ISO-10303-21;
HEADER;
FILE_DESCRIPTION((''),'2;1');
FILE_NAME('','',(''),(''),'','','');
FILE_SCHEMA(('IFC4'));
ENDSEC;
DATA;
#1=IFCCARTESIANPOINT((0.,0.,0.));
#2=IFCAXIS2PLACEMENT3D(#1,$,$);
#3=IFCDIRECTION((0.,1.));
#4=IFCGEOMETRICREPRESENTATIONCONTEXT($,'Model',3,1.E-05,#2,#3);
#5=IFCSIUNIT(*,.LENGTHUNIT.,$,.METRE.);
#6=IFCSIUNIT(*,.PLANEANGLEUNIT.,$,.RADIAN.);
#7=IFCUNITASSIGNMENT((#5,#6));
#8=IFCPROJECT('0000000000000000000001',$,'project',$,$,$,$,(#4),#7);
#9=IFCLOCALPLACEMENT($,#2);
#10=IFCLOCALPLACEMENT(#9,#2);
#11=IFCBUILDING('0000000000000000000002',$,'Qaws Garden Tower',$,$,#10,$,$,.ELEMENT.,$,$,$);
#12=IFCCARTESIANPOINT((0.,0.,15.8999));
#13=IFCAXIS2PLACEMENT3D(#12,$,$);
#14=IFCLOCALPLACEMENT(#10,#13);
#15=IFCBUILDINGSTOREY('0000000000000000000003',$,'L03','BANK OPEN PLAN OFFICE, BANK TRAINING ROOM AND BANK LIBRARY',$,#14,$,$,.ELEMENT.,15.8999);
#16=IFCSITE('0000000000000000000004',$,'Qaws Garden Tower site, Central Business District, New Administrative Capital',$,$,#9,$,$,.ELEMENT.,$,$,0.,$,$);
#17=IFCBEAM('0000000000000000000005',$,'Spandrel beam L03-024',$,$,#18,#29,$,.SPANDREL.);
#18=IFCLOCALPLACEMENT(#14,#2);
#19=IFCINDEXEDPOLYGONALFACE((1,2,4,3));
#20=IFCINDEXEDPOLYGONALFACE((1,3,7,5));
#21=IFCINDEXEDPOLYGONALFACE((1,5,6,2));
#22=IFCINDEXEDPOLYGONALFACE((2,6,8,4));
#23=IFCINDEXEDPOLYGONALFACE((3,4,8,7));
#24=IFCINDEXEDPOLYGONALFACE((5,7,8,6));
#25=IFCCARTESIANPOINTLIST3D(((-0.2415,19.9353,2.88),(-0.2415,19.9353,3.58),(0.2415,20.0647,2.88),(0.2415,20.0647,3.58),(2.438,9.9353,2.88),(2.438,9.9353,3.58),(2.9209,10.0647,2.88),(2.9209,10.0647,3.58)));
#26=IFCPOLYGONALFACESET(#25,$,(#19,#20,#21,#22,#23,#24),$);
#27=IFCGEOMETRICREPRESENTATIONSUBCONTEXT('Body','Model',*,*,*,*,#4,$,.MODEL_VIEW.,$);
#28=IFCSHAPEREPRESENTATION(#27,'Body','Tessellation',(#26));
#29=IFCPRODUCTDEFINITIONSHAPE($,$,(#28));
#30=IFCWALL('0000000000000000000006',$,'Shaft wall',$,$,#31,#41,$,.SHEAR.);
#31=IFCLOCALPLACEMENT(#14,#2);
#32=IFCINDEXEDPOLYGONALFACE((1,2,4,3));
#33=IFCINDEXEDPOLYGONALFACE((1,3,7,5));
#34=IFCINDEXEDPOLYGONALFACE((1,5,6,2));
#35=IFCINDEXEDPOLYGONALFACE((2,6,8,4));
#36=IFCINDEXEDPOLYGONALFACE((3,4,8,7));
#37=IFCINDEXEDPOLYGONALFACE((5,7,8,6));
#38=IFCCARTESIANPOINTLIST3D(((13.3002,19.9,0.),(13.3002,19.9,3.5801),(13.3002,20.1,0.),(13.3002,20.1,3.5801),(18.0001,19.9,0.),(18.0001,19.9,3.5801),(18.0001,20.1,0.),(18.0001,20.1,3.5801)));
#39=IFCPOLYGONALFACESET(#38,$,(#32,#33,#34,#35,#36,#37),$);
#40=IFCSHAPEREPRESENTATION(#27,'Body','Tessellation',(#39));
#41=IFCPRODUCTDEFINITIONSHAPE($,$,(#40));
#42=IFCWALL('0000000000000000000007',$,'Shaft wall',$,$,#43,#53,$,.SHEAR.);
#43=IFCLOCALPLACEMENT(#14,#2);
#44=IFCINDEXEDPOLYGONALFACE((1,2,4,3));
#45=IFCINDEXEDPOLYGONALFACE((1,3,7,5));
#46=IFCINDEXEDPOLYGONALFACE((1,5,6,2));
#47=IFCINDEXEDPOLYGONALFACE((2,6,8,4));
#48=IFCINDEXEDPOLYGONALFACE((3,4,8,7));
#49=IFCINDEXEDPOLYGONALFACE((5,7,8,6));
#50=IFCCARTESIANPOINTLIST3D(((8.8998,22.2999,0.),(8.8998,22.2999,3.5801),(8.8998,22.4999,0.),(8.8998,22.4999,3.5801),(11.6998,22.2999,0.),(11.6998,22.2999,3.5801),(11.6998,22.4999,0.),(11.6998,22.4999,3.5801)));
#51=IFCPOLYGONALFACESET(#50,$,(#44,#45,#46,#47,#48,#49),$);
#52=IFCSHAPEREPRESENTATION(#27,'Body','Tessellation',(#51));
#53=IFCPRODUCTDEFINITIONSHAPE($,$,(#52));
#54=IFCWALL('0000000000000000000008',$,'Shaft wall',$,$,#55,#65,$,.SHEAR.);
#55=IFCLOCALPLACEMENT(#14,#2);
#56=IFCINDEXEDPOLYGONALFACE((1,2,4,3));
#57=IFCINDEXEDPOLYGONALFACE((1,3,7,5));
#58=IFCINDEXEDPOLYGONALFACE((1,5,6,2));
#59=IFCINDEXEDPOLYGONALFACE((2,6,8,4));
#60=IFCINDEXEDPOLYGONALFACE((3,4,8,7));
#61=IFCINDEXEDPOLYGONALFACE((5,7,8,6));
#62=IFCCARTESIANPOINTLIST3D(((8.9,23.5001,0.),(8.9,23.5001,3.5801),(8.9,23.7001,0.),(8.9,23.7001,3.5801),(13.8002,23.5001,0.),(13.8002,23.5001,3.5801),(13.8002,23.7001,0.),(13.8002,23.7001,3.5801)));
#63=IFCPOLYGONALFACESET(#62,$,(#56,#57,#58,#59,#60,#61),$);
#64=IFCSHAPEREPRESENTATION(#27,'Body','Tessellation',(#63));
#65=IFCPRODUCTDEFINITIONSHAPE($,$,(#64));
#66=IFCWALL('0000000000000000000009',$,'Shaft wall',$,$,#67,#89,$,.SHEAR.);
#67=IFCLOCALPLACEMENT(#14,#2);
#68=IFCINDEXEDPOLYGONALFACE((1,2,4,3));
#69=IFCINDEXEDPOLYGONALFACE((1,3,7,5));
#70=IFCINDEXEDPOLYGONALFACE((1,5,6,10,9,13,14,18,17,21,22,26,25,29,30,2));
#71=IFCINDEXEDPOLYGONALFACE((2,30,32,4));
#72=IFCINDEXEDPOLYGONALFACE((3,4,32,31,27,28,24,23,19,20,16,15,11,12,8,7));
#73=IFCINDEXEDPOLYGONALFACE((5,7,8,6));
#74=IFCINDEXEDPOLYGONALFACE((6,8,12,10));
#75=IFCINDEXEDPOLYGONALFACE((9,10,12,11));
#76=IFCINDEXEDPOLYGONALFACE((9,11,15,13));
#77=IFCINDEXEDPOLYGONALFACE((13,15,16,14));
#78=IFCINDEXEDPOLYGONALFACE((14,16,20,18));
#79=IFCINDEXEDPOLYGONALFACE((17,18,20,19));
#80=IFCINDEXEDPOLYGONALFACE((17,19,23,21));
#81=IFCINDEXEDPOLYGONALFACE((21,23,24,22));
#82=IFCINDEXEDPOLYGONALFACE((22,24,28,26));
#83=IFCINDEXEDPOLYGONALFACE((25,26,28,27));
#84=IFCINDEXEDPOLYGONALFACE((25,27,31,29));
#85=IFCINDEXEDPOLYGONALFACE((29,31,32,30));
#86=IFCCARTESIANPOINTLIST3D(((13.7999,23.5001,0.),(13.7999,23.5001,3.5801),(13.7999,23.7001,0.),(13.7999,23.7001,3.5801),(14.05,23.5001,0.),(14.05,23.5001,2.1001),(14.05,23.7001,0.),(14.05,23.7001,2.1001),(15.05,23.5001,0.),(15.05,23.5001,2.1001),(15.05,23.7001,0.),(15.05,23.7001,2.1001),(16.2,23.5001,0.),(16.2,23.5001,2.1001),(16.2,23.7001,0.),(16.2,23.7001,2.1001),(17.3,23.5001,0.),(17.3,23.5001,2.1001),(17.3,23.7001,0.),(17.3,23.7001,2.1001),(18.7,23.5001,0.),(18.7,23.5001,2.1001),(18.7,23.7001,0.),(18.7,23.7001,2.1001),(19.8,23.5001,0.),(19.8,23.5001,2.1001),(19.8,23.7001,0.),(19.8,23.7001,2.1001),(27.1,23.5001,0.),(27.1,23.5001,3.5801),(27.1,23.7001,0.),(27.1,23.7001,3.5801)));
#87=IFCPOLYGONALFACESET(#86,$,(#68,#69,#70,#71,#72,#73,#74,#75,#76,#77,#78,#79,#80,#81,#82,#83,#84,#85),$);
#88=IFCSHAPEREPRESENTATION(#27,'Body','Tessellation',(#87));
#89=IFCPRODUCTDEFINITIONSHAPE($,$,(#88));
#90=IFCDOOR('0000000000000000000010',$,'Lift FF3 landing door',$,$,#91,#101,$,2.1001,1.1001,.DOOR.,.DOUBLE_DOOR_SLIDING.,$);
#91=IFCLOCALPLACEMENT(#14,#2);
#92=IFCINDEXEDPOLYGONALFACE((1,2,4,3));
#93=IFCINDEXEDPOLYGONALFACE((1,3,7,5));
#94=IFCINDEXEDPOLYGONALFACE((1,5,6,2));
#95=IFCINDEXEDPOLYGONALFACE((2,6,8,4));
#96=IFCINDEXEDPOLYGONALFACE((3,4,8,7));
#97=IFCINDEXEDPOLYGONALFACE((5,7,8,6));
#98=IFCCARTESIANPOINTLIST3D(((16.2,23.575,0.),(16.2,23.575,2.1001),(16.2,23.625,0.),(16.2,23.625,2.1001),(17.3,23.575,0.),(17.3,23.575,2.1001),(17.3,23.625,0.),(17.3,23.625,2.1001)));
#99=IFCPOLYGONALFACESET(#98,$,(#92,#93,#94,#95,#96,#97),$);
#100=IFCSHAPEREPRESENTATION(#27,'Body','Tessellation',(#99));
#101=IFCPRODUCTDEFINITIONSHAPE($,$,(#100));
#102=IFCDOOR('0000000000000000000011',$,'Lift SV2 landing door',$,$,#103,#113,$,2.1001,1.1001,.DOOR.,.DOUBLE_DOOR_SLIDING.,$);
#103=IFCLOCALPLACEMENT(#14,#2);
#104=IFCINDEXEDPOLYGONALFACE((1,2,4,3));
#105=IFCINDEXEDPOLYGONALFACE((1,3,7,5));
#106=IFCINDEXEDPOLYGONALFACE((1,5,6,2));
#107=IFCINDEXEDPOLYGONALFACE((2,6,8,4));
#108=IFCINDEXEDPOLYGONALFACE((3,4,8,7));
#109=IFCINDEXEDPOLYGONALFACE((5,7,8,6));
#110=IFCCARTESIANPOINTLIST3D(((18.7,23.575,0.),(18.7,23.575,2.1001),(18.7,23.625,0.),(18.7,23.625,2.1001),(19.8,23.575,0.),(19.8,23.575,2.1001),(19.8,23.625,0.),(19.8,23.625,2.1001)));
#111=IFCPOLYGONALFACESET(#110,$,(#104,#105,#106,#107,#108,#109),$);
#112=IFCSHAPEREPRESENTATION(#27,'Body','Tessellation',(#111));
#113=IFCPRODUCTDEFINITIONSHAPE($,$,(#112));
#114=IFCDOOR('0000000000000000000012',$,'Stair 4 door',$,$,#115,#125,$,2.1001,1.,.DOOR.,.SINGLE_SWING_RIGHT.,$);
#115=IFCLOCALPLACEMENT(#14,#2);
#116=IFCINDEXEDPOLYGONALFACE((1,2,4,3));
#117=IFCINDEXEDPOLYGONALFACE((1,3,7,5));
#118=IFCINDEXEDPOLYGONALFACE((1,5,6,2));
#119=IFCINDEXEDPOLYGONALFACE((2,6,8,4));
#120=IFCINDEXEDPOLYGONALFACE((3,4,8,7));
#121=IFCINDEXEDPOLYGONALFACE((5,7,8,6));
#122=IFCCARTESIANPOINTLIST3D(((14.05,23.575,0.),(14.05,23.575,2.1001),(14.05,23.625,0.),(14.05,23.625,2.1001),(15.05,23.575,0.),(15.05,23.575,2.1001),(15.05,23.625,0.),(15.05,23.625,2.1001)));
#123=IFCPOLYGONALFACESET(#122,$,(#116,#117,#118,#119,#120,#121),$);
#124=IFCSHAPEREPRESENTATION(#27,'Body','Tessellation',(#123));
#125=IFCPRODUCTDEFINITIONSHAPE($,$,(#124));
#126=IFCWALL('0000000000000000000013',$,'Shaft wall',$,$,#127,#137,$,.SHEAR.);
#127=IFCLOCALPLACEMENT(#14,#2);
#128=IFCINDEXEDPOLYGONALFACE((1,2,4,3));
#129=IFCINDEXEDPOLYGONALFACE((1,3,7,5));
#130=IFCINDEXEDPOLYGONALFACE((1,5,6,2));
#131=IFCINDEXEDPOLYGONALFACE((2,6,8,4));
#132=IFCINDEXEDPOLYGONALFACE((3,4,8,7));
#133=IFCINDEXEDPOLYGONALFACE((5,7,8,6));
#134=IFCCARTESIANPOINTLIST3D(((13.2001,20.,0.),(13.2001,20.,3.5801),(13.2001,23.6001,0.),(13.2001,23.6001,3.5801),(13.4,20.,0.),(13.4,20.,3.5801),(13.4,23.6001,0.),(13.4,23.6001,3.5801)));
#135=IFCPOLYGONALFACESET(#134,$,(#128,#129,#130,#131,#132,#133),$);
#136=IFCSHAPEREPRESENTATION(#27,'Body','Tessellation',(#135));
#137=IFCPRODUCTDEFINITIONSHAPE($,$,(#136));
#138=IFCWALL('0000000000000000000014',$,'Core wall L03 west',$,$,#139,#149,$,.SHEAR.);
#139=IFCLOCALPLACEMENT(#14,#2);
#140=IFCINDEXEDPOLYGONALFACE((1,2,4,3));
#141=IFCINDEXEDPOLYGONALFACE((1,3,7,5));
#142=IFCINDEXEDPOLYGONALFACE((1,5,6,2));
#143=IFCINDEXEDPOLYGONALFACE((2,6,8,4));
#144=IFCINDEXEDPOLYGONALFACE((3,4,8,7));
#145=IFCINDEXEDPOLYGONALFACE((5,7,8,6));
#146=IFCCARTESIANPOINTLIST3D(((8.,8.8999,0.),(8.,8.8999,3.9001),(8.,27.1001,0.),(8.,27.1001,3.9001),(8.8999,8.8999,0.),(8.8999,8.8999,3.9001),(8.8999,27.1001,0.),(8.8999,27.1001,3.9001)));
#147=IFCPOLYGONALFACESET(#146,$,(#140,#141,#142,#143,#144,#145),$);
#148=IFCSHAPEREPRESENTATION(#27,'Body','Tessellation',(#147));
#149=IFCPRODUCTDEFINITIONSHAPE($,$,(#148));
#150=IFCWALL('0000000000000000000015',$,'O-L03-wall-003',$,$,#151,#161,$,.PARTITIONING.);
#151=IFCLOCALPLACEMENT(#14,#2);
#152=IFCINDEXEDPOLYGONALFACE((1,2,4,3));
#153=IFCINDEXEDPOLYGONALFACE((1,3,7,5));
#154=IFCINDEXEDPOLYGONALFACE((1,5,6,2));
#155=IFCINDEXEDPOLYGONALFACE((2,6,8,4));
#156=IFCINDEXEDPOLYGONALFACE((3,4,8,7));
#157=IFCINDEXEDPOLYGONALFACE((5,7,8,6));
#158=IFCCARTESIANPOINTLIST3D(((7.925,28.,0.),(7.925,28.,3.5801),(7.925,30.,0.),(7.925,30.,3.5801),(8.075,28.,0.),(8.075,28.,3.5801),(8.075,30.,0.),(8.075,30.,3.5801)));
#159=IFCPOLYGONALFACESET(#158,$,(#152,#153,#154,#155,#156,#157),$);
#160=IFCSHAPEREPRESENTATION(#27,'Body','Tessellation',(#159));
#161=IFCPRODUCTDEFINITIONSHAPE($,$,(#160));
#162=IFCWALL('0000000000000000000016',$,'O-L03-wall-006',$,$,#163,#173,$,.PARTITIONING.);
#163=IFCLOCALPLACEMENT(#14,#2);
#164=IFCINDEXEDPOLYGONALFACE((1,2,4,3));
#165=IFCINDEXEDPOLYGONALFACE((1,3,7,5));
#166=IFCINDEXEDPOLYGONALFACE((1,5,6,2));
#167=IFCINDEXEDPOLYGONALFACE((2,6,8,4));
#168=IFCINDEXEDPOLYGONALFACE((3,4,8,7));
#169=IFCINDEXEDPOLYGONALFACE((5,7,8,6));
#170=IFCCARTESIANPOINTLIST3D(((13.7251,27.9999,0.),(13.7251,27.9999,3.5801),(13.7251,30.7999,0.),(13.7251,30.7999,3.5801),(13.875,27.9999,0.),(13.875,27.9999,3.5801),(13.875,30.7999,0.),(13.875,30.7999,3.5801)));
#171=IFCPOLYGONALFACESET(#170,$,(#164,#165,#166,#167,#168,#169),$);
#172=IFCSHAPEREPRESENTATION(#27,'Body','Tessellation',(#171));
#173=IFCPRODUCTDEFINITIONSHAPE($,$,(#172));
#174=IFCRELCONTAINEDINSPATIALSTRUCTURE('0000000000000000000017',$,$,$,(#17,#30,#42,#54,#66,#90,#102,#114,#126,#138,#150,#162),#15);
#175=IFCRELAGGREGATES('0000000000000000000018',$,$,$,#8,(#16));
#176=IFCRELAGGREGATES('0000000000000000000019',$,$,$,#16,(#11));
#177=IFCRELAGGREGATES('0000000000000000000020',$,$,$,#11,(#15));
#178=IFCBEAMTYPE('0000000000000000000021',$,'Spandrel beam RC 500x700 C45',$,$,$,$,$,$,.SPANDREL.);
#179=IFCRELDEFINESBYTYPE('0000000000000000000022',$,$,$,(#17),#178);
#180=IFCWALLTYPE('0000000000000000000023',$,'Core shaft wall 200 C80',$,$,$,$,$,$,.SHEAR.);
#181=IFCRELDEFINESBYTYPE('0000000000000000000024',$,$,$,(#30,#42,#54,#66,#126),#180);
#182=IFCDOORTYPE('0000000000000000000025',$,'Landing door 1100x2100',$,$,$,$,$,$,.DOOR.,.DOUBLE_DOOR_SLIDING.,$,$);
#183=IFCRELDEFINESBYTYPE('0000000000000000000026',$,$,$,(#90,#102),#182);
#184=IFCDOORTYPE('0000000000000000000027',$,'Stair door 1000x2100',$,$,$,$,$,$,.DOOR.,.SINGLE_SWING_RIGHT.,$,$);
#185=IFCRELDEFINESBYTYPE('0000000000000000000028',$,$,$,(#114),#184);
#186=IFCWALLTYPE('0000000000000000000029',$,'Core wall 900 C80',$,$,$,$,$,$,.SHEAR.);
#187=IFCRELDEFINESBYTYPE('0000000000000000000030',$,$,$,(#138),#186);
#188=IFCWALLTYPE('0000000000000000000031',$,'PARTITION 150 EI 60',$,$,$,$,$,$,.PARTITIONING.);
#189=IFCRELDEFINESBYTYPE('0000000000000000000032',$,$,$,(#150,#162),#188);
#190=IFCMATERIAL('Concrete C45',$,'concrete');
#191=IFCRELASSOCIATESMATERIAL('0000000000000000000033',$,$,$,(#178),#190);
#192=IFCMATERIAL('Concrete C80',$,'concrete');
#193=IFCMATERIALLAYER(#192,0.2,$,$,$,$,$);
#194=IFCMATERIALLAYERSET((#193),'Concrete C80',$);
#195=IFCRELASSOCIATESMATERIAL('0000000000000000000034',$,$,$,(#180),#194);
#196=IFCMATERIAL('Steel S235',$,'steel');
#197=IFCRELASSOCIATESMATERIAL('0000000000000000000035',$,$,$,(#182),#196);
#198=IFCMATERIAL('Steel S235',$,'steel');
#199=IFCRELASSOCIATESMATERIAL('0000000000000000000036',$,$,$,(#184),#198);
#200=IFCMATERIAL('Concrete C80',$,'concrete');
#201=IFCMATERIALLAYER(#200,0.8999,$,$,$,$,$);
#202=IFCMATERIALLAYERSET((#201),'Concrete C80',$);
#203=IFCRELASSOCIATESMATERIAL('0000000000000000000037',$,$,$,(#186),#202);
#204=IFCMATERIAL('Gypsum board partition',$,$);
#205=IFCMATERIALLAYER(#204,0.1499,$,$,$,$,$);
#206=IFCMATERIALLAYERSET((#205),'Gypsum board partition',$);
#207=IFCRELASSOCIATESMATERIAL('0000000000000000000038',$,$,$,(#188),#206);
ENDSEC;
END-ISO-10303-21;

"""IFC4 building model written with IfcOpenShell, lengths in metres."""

from ifc_helpers import new_model, si_unit, direction, frame, frame_2d, origin, origin_2d, place, context, subcontext, project, spatial, rectangle, extrude, material, layer, layer_set, material_profile, profile_set, type_object, element, fill, save


model = new_model("IFC4")

# Units and contexts
model_context = context("Model", 3, precision=1e-05, world=origin(), true_north=direction((0.0, 1.0)))
body_context = subcontext(model_context, "Body", "Model", "MODEL_VIEW")
ifc_project = project(units=[si_unit("LENGTHUNIT", "METRE"), si_unit("PLANEANGLEUNIT", "RADIAN")], contexts=[model_context])

# Site, building, storey
site_placement = place(None, origin())
site = spatial("IfcSite", under=ifc_project, at=site_placement, Name="Qaws Garden Tower site, Central Business District, New Administrative Capital", CompositionType="ELEMENT", RefElevation=0.0)
building_placement = place(site_placement, origin())
building = spatial("IfcBuilding", under=site, at=building_placement, Name="Qaws Garden Tower", CompositionType="ELEMENT")
storey_placement = place(building_placement, frame((0.0, 0.0, 15.8999)))
storey = spatial("IfcBuildingStorey", under=building, at=storey_placement, Name="L03", Description="BANK OPEN PLAN OFFICE, BANK TRAINING ROOM AND BANK LIBRARY", CompositionType="ELEMENT", Elevation=15.8999)

# Beam
ifc_material_1 = material(Name="Concrete C45", Category="concrete")
ifc_material_profile = material_profile(ifc_material_1, rectangle(XDim=0.5, YDim=0.7, at=origin_2d()), Name="RC 500x700")
ifc_profile_set = profile_set([ifc_material_profile], Name="Concrete C45")
beam_type = type_object("IfcBeamType", Name="Spandrel beam RC 500x700 C45", PredefinedType="SPANDREL", material=ifc_profile_set)
beam_placement = place(storey_placement, frame((0.0, 20.0, 3.23), z_axis=(0.258815, -0.965927, 0.0), x_axis=(0.965927, 0.258815, 0.0)))
element("IfcBeam", 1, at=beam_placement, inside=storey, type_object=beam_type, Name="Spandrel beam L03-024", PredefinedType="SPANDREL", context=body_context, shape_type="SweptSolid", body=[
    extrude(rectangle(XDim=0.5, YDim=0.7, at=origin_2d()), origin(), (0.0, 0.0, 1.0), 10.3528),
])

# Walls
ifc_material_2 = material(Name="Concrete C80", Category="concrete")
ifc_layer_1 = layer(ifc_material_2, 0.2)
ifc_layer_set_1 = layer_set([ifc_layer_1], Name="Concrete C80")
wall_type_1 = type_object("IfcWallType", Name="Core shaft wall 200 C80", PredefinedType="SHEAR", material=ifc_layer_set_1)
wall_1_placement = place(storey_placement, frame((13.3, 20.0, 0.0), z_axis=(0.0, 0.0, 1.0), x_axis=(1.0, 0.0, 0.0)))
element("IfcWall", 2, at=wall_1_placement, inside=storey, type_object=wall_type_1, Name="Shaft wall", PredefinedType="SHEAR", context=body_context, shape_type="SweptSolid", body=[
    extrude(rectangle(XDim=4.7, YDim=0.2, at=frame_2d((2.3501, 0.0))), origin(), (0.0, 0.0, 1.0), 3.5801),
])
wall_2_placement = place(storey_placement, frame((8.8999, 22.3999, 0.0), z_axis=(0.0, 0.0, 1.0), x_axis=(1.0, 0.0, 0.0)))
element("IfcWall", 3, at=wall_2_placement, inside=storey, type_object=wall_type_1, Name="Shaft wall", PredefinedType="SHEAR", context=body_context, shape_type="SweptSolid", body=[
    extrude(rectangle(XDim=2.8, YDim=0.2, at=frame_2d((1.3999, 0.0))), origin(), (0.0, 0.0, 1.0), 3.5801),
])
wall_3_placement = place(storey_placement, frame((8.8999, 23.6001, 0.0), z_axis=(0.0, 0.0, 1.0), x_axis=(1.0, 0.0, 0.0)))
element("IfcWall", 4, at=wall_3_placement, inside=storey, type_object=wall_type_1, Name="Shaft wall", PredefinedType="SHEAR", context=body_context, shape_type="SweptSolid", body=[
    extrude(rectangle(XDim=4.9001, YDim=0.2, at=frame_2d((2.4502, 0.0))), origin(), (0.0, 0.0, 1.0), 3.5801),
])

# Wall, openings, doors
wall_4_placement = place(storey_placement, frame((13.8, 23.6001, 0.0), z_axis=(0.0, 0.0, 1.0), x_axis=(1.0, 0.0, 0.0)))
wall_4 = element("IfcWall", 5, at=wall_4_placement, inside=storey, type_object=wall_type_1, Name="Shaft wall", PredefinedType="SHEAR", context=body_context, shape_type="SweptSolid", body=[
    extrude(rectangle(XDim=13.3, YDim=0.2, at=frame_2d((6.6499, 0.0))), origin(), (0.0, 0.0, 1.0), 3.5801),
])
opening_1_placement = place(wall_4_placement, frame((2.3999, 0.0, 0.0)))
opening_1 = element("IfcOpeningElement", 6, at=opening_1_placement, cuts=wall_4, PredefinedType="OPENING", context=body_context, shape_type="SweptSolid", body=[
    extrude(rectangle(XDim=1.1001, YDim=2.1001, at=frame_2d((0.55, 1.05))), frame((0.0, 0.1099, 0.0), z_axis=(0.0, -1.0, 0.0), x_axis=(1.0, 0.0, 0.0)), (0.0, 0.0, 1.0), 0.22),
])
opening_2_placement = place(wall_4_placement, frame((4.8999, 0.0, 0.0)))
opening_2 = element("IfcOpeningElement", 7, at=opening_2_placement, cuts=wall_4, PredefinedType="OPENING", context=body_context, shape_type="SweptSolid", body=[
    extrude(rectangle(XDim=1.1001, YDim=2.1001, at=frame_2d((0.55, 1.05))), frame((0.0, 0.1099, 0.0), z_axis=(0.0, -1.0, 0.0), x_axis=(1.0, 0.0, 0.0)), (0.0, 0.0, 1.0), 0.22),
])
opening_3_placement = place(wall_4_placement, frame((0.25, 0.0, 0.0)))
opening_3 = element("IfcOpeningElement", 8, at=opening_3_placement, cuts=wall_4, PredefinedType="OPENING", context=body_context, shape_type="SweptSolid", body=[
    extrude(rectangle(XDim=1.0, YDim=2.1001, at=frame_2d((0.5, 1.05))), frame((0.0, 0.1099, 0.0), z_axis=(0.0, -1.0, 0.0), x_axis=(1.0, 0.0, 0.0)), (0.0, 0.0, 1.0), 0.22),
])
ifc_material_3 = material(Name="Steel S235", Category="steel")
door_type_1 = type_object("IfcDoorType", Name="Landing door 1100x2100", OperationType="DOUBLE_DOOR_SLIDING", PredefinedType="DOOR", material=ifc_material_3)
door_1_placement = place(opening_1_placement, origin())
door_1 = element("IfcDoor", 9, at=door_1_placement, inside=storey, type_object=door_type_1, Name="Lift FF3 landing door", OperationType="DOUBLE_DOOR_SLIDING", OverallHeight=2.1001, OverallWidth=1.1001, PredefinedType="DOOR", context=body_context, shape_type="SweptSolid", body=[
    extrude(rectangle(XDim=1.1001, YDim=2.1001, at=frame_2d((0.55, 1.05))), frame((0.0, 0.0249, 0.0), z_axis=(0.0, -1.0, 0.0), x_axis=(1.0, 0.0, 0.0)), (0.0, 0.0, 1.0), 0.05),
])
fill(opening_1, door_1)
door_2_placement = place(opening_2_placement, origin())
door_2 = element("IfcDoor", 10, at=door_2_placement, inside=storey, type_object=door_type_1, Name="Lift SV2 landing door", OperationType="DOUBLE_DOOR_SLIDING", OverallHeight=2.1001, OverallWidth=1.1001, PredefinedType="DOOR", context=body_context, shape_type="SweptSolid", body=[
    extrude(rectangle(XDim=1.1001, YDim=2.1001, at=frame_2d((0.55, 1.05))), frame((0.0, 0.0249, 0.0), z_axis=(0.0, -1.0, 0.0), x_axis=(1.0, 0.0, 0.0)), (0.0, 0.0, 1.0), 0.05),
])
fill(opening_2, door_2)
ifc_material_4 = material(Name="Steel S235", Category="steel")
door_type_2 = type_object("IfcDoorType", Name="Stair door 1000x2100", OperationType="SINGLE_SWING_RIGHT", PredefinedType="DOOR", material=ifc_material_4)
door_3_placement = place(opening_3_placement, origin())
door_3 = element("IfcDoor", 11, at=door_3_placement, inside=storey, type_object=door_type_2, Name="Stair 4 door", OperationType="SINGLE_SWING_RIGHT", OverallHeight=2.1001, OverallWidth=1.0, PredefinedType="DOOR", context=body_context, shape_type="SweptSolid", body=[
    extrude(rectangle(XDim=1.0, YDim=2.1001, at=frame_2d((0.5, 1.05))), frame((0.0, 0.0249, 0.0), z_axis=(0.0, -1.0, 0.0), x_axis=(1.0, 0.0, 0.0)), (0.0, 0.0, 1.0), 0.05),
])
fill(opening_3, door_3)

# Walls
wall_5_placement = place(storey_placement, frame((13.3, 20.0, 0.0), z_axis=(0.0, 0.0, 1.0), x_axis=(0.0, 1.0, 0.0)))
element("IfcWall", 12, at=wall_5_placement, inside=storey, type_object=wall_type_1, Name="Shaft wall", PredefinedType="SHEAR", context=body_context, shape_type="SweptSolid", body=[
    extrude(rectangle(XDim=3.6001, YDim=0.2, at=frame_2d((1.8, 0.0))), origin(), (0.0, 0.0, 1.0), 3.5801),
])
ifc_material_5 = material(Name="Concrete C80", Category="concrete")
ifc_layer_2 = layer(ifc_material_5, 0.8999)
ifc_layer_set_2 = layer_set([ifc_layer_2], Name="Concrete C80")
wall_type_2 = type_object("IfcWallType", Name="Core wall 900 C80", PredefinedType="SHEAR", material=ifc_layer_set_2)
wall_6_placement = place(storey_placement, frame((8.45, 27.1001, 0.0), z_axis=(0.0, 0.0, 1.0), x_axis=(0.0, -1.0, 0.0)))
element("IfcWall", 13, at=wall_6_placement, inside=storey, type_object=wall_type_2, Name="Core wall L03 west", PredefinedType="SHEAR", context=body_context, shape_type="SweptSolid", body=[
    extrude(rectangle(XDim=18.2002, YDim=0.8999, at=frame_2d((9.1001, 0.0))), origin(), (0.0, 0.0, 1.0), 3.9001),
])
ifc_material_6 = material(Name="Gypsum board partition")
ifc_layer_3 = layer(ifc_material_6, 0.1499)
ifc_layer_set_3 = layer_set([ifc_layer_3], Name="Gypsum board partition")
wall_type_3 = type_object("IfcWallType", Name="PARTITION 150 EI 60", PredefinedType="PARTITIONING", material=ifc_layer_set_3)
wall_7_placement = place(storey_placement, frame((8.0, 28.0, 0.0), z_axis=(0.0, 0.0, 1.0), x_axis=(0.0, 1.0, 0.0)))
element("IfcWall", 14, at=wall_7_placement, inside=storey, type_object=wall_type_3, Name="O-L03-wall-003", PredefinedType="PARTITIONING", context=body_context, shape_type="SweptSolid", body=[
    extrude(rectangle(XDim=2.0, YDim=0.1499, at=frame_2d((1.0, 0.0))), origin(), (0.0, 0.0, 1.0), 3.5801),
])
wall_8_placement = place(storey_placement, frame((13.8, 28.0, 0.0), z_axis=(0.0, 0.0, 1.0), x_axis=(0.0, 1.0, 0.0)))
element("IfcWall", 15, at=wall_8_placement, inside=storey, type_object=wall_type_3, Name="O-L03-wall-006", PredefinedType="PARTITIONING", context=body_context, shape_type="SweptSolid", body=[
    extrude(rectangle(XDim=2.8, YDim=0.1499, at=frame_2d((1.3999, 0.0))), origin(), (0.0, 0.0, 1.0), 3.5801),
])

save(model, "model.ifc")
